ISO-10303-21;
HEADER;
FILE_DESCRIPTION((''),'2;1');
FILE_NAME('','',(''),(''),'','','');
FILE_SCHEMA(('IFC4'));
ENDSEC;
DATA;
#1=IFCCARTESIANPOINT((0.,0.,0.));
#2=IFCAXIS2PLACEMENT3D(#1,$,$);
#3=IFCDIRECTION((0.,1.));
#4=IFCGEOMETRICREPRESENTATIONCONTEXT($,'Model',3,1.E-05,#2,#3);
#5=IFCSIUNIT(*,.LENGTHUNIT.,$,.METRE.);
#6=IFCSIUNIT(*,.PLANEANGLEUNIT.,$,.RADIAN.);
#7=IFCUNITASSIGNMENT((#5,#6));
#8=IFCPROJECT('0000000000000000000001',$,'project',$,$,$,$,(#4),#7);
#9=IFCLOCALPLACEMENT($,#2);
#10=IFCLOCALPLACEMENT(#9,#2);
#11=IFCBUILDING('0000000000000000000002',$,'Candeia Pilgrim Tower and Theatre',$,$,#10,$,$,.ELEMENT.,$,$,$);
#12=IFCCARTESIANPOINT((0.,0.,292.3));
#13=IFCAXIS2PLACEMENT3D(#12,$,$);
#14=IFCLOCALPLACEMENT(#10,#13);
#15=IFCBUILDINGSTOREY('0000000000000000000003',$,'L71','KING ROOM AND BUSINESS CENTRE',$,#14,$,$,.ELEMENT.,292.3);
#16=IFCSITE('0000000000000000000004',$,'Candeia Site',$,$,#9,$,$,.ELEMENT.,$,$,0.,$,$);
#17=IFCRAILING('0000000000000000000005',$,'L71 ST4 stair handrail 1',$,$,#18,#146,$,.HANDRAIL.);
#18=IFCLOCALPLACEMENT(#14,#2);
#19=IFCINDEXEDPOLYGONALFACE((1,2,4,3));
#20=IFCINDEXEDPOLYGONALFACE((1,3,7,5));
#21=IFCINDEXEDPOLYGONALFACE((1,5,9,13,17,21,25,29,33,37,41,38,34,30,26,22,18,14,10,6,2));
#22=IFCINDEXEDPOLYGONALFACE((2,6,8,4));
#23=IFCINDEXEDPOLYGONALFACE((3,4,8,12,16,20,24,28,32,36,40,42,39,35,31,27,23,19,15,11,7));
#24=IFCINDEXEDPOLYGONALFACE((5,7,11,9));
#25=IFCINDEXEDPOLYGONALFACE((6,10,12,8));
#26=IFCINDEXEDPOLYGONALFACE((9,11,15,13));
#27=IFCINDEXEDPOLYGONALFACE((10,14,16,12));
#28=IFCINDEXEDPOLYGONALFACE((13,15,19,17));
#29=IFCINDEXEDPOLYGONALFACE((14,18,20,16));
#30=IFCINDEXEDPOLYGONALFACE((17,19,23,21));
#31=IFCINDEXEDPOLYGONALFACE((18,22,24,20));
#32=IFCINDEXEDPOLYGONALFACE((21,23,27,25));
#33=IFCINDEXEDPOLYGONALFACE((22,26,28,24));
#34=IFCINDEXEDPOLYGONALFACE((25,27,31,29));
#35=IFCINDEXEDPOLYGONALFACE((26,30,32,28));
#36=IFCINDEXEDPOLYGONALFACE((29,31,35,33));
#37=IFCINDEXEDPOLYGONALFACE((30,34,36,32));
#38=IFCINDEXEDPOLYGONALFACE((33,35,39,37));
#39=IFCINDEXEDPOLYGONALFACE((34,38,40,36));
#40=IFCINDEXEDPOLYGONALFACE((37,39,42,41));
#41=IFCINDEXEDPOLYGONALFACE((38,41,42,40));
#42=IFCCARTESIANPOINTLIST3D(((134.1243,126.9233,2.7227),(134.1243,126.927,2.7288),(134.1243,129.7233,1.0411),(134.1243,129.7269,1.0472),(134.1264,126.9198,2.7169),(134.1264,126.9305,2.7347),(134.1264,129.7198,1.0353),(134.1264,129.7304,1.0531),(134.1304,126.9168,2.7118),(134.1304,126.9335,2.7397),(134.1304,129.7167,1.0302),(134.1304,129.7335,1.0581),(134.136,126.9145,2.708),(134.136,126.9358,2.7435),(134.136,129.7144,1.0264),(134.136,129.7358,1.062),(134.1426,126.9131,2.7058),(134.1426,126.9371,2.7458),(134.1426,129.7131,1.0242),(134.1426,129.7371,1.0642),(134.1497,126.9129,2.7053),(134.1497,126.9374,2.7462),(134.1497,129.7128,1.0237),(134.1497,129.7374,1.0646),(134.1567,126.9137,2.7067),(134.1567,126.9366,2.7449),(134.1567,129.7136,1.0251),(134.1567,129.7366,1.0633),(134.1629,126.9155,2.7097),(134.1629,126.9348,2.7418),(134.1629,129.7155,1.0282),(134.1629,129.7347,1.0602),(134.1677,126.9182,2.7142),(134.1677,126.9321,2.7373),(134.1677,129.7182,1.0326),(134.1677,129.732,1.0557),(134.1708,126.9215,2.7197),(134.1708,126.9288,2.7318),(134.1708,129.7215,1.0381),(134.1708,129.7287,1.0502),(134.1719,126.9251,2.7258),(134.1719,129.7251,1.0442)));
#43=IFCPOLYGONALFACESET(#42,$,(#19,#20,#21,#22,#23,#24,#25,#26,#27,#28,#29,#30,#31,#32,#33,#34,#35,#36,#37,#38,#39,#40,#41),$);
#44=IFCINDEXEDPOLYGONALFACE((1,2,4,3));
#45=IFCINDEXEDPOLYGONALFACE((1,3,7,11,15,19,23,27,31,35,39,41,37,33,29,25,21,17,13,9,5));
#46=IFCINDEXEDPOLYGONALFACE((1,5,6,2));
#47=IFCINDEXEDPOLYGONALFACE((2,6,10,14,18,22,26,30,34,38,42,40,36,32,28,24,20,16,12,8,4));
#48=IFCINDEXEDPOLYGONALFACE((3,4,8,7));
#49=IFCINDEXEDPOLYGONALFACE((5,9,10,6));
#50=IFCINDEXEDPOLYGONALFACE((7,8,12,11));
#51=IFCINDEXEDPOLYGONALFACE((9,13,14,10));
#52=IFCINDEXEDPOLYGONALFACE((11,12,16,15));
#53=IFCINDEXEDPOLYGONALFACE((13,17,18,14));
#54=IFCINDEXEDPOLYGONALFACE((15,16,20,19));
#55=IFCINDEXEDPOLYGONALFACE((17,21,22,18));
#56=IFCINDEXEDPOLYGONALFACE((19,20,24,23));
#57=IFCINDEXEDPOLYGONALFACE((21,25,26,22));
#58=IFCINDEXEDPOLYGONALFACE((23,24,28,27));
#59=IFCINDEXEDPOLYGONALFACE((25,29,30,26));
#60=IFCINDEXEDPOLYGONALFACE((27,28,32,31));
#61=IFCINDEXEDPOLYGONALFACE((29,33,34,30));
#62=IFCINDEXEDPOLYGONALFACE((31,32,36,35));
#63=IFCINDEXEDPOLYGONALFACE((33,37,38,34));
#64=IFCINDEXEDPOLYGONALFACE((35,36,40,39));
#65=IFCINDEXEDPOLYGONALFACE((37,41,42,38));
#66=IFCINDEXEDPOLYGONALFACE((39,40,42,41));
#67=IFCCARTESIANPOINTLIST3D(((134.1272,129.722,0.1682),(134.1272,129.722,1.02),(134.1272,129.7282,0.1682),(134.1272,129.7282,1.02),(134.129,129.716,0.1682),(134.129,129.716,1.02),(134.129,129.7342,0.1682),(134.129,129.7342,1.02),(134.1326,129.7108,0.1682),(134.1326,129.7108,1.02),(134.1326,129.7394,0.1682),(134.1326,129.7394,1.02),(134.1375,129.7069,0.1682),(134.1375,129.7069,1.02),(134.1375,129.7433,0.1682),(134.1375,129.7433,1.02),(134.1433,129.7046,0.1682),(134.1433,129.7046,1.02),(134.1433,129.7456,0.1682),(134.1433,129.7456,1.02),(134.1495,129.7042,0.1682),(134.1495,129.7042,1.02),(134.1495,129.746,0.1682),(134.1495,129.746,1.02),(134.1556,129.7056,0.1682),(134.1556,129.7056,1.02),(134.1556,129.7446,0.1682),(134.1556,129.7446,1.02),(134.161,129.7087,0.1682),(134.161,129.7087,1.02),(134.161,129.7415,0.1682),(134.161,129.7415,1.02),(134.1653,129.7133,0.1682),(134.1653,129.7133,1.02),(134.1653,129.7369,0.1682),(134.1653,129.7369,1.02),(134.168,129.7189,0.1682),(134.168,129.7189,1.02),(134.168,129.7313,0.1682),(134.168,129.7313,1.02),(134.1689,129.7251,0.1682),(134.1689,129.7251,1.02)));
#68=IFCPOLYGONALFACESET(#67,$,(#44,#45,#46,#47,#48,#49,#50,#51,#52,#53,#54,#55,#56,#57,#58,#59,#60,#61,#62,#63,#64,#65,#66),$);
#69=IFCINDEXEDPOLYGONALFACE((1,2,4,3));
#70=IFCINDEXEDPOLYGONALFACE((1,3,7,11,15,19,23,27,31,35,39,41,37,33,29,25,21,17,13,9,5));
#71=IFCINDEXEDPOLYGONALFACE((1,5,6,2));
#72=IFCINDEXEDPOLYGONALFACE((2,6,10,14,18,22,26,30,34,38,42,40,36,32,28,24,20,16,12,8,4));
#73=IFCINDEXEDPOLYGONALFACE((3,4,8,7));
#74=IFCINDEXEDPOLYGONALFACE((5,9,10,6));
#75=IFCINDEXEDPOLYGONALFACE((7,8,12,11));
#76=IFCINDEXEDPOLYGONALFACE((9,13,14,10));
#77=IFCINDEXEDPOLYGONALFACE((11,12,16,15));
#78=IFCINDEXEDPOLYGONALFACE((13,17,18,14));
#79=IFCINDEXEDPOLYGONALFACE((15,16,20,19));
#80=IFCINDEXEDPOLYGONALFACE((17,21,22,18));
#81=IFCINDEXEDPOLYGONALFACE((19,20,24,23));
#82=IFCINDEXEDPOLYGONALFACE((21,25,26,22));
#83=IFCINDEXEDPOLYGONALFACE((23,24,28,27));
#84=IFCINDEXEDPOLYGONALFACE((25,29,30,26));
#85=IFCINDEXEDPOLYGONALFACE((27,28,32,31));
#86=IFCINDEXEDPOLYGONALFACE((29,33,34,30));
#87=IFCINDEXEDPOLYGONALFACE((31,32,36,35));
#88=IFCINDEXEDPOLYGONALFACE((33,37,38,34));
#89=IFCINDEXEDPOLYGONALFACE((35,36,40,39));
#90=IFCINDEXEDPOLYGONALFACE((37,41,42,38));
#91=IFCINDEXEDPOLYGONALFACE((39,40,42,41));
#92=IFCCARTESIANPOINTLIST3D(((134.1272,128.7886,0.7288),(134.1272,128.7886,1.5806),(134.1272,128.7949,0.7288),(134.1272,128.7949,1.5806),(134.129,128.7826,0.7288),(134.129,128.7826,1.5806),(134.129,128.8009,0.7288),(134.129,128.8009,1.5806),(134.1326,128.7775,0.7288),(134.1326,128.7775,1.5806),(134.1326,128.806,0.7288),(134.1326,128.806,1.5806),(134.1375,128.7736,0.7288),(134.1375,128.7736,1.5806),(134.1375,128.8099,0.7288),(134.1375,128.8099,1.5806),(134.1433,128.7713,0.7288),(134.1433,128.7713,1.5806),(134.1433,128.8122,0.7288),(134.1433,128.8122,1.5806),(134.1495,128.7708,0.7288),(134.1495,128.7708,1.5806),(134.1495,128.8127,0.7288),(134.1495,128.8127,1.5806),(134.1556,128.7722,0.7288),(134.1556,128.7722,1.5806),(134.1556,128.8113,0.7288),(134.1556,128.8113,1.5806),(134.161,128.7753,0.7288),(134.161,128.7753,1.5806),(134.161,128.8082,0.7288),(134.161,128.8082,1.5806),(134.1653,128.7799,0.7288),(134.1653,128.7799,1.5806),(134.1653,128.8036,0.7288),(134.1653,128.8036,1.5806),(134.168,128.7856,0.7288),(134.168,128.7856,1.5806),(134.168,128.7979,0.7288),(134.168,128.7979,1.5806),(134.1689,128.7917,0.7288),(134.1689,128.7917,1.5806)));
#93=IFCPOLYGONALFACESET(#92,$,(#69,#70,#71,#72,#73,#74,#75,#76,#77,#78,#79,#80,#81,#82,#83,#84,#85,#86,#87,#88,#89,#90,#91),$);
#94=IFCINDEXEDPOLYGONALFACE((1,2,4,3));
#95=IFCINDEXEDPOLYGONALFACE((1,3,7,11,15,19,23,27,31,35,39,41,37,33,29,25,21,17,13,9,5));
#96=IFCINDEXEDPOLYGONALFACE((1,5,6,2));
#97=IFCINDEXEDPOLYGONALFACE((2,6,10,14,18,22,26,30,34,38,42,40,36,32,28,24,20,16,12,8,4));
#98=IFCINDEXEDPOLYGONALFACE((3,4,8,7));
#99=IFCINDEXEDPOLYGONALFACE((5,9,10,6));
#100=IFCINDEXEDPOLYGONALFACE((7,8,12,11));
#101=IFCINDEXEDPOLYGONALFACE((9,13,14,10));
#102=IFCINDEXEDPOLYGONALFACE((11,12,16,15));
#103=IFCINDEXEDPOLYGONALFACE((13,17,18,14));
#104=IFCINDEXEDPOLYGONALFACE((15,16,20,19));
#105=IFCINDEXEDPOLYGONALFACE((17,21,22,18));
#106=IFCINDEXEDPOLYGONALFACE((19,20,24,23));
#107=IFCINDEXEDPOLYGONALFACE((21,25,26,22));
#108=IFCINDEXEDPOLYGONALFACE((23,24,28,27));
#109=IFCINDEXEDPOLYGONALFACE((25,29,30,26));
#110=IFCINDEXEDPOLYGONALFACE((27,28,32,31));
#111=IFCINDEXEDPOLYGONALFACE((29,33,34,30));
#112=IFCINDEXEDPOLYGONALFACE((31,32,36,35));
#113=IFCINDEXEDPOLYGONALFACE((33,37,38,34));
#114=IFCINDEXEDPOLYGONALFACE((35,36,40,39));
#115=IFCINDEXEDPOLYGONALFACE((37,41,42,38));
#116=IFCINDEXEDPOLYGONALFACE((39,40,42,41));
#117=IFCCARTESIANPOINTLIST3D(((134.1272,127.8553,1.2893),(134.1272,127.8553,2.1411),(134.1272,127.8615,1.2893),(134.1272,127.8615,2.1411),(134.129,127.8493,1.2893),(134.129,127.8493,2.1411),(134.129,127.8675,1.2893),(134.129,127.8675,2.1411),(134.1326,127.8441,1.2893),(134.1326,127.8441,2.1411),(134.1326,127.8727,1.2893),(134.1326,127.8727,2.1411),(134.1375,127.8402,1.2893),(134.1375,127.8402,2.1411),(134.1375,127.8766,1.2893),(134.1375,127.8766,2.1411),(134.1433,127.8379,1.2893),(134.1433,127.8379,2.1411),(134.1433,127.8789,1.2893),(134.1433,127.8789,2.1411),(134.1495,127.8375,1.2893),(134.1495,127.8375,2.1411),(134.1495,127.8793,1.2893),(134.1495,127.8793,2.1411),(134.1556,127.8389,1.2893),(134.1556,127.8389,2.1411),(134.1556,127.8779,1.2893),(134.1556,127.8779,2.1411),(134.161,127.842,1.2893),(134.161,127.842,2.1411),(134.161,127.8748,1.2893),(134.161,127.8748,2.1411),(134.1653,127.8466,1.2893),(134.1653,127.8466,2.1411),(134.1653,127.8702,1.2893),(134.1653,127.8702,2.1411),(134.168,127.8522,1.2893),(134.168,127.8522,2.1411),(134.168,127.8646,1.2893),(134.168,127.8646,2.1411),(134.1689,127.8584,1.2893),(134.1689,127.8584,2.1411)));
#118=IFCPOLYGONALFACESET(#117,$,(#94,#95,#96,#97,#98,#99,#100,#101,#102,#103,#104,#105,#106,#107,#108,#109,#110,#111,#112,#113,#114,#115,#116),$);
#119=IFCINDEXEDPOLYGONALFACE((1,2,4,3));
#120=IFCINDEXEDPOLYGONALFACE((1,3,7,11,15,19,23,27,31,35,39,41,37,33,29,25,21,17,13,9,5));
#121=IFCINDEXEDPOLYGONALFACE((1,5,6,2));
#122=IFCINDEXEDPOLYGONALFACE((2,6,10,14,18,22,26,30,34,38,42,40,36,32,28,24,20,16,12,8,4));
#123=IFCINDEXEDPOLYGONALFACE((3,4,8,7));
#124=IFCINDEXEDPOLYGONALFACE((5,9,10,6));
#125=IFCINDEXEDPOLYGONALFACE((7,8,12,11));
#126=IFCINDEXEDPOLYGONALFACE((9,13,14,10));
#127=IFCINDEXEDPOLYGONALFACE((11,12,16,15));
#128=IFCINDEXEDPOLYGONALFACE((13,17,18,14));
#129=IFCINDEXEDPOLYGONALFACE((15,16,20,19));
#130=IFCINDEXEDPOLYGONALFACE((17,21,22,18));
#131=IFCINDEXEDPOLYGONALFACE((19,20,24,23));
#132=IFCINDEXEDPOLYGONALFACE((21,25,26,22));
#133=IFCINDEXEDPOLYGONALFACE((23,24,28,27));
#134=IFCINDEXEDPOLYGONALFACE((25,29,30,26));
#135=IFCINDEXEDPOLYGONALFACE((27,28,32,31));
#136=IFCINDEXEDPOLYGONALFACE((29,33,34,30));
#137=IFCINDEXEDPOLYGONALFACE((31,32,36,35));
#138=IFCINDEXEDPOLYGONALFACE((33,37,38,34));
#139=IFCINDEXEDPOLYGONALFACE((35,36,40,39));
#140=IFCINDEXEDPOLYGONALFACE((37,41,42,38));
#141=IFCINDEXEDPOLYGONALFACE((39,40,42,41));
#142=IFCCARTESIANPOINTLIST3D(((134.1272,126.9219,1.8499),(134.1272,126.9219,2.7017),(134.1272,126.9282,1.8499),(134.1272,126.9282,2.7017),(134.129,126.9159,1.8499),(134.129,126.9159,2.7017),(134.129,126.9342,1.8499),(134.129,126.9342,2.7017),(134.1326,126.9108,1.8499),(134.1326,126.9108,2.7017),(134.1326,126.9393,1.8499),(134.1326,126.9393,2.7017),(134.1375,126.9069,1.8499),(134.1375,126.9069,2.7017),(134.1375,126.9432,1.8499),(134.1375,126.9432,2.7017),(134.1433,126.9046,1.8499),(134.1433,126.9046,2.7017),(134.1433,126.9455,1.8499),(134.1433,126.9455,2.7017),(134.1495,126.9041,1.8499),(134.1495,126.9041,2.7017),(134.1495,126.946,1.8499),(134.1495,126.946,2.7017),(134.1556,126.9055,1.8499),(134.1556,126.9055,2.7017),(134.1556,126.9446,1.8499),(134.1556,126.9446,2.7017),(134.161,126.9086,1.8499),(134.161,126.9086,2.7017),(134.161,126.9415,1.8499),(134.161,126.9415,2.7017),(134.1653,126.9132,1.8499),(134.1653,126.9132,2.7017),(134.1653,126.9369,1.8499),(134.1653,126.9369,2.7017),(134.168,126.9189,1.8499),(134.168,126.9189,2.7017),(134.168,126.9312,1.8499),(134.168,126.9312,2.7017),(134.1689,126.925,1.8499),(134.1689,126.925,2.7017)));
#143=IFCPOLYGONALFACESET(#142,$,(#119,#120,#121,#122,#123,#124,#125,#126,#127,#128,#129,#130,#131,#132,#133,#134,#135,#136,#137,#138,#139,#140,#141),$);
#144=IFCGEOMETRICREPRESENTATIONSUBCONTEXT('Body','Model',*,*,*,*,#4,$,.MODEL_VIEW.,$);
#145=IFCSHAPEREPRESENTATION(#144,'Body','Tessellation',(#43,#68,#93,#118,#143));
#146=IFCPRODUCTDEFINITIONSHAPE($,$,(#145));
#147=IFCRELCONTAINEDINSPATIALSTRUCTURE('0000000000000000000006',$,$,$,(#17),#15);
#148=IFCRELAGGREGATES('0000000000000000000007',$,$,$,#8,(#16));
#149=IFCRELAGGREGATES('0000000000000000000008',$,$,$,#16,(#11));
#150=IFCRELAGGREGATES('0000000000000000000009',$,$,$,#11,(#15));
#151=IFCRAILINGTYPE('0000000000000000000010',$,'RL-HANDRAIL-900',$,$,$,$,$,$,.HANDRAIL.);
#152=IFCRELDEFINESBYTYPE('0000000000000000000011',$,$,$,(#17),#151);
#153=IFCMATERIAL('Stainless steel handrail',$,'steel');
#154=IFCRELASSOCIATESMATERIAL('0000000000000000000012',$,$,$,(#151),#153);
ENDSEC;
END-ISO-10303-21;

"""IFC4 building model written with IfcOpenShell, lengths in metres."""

from ifc_helpers import new_model, si_unit, direction, frame, origin, origin_2d, place, context, subcontext, project, spatial, circle, extrude, material, type_object, element, save


model = new_model("IFC4")

# Units and contexts
model_context = context("Model", 3, precision=1e-05, world=origin(), true_north=direction((0.0, 1.0)))
body_context = subcontext(model_context, "Body", "Model", "MODEL_VIEW")
ifc_project = project(units=[si_unit("LENGTHUNIT", "METRE"), si_unit("PLANEANGLEUNIT", "RADIAN")], contexts=[model_context])

# Site, building, storey
site_placement = place(None, origin())
site = spatial("IfcSite", under=ifc_project, at=site_placement, Name="Candeia Site", CompositionType="ELEMENT", RefElevation=0.0)
building_placement = place(site_placement, origin())
building = spatial("IfcBuilding", under=site, at=building_placement, Name="Candeia Pilgrim Tower and Theatre", CompositionType="ELEMENT")
storey_placement = place(building_placement, frame((0.0, 0.0, 292.3)))
storey = spatial("IfcBuildingStorey", under=building, at=storey_placement, Name="L71", Description="KING ROOM AND BUSINESS CENTRE", CompositionType="ELEMENT", Elevation=292.3)

# Railing
ifc_material_1 = material(Name="Stainless steel handrail", Category="steel")
railing_type_1 = type_object("IfcRailingType", Name="RL-HANDRAIL-900", PredefinedType="HANDRAIL", material=ifc_material_1)
railing_1_placement = place(storey_placement, frame((134.1479, 129.7251, 0.1682)))
element("IfcRailing", 1, at=railing_1_placement, inside=storey, type_object=railing_type_1, Name="L71 ST4 stair handrail 1", PredefinedType="HANDRAIL", context=body_context, shape_type="SweptSolid", body=[
    extrude(circle(Radius=0.0239, at=origin_2d()), frame((0.0, 0.0, 0.876), z_axis=(0.0, -0.857275, 0.514858), x_axis=(1.0, 0.0, 0.0)), (0.0, 0.0, 1.0), 3.2661),
    extrude(circle(Radius=0.021, at=origin_2d()), origin(), (0.0, 0.0, 1.0), 0.8518),
    extrude(circle(Radius=0.021, at=origin_2d()), frame((0.0, -0.9333, 0.5605)), (0.0, 0.0, 1.0), 0.8518),
    extrude(circle(Radius=0.021, at=origin_2d()), frame((0.0, -1.8667, 1.1211)), (0.0, 0.0, 1.0), 0.8518),
    extrude(circle(Radius=0.021, at=origin_2d()), frame((0.0, -2.8, 1.6816)), (0.0, 0.0, 1.0), 0.8518),
])

save(model, "model.ifc")
